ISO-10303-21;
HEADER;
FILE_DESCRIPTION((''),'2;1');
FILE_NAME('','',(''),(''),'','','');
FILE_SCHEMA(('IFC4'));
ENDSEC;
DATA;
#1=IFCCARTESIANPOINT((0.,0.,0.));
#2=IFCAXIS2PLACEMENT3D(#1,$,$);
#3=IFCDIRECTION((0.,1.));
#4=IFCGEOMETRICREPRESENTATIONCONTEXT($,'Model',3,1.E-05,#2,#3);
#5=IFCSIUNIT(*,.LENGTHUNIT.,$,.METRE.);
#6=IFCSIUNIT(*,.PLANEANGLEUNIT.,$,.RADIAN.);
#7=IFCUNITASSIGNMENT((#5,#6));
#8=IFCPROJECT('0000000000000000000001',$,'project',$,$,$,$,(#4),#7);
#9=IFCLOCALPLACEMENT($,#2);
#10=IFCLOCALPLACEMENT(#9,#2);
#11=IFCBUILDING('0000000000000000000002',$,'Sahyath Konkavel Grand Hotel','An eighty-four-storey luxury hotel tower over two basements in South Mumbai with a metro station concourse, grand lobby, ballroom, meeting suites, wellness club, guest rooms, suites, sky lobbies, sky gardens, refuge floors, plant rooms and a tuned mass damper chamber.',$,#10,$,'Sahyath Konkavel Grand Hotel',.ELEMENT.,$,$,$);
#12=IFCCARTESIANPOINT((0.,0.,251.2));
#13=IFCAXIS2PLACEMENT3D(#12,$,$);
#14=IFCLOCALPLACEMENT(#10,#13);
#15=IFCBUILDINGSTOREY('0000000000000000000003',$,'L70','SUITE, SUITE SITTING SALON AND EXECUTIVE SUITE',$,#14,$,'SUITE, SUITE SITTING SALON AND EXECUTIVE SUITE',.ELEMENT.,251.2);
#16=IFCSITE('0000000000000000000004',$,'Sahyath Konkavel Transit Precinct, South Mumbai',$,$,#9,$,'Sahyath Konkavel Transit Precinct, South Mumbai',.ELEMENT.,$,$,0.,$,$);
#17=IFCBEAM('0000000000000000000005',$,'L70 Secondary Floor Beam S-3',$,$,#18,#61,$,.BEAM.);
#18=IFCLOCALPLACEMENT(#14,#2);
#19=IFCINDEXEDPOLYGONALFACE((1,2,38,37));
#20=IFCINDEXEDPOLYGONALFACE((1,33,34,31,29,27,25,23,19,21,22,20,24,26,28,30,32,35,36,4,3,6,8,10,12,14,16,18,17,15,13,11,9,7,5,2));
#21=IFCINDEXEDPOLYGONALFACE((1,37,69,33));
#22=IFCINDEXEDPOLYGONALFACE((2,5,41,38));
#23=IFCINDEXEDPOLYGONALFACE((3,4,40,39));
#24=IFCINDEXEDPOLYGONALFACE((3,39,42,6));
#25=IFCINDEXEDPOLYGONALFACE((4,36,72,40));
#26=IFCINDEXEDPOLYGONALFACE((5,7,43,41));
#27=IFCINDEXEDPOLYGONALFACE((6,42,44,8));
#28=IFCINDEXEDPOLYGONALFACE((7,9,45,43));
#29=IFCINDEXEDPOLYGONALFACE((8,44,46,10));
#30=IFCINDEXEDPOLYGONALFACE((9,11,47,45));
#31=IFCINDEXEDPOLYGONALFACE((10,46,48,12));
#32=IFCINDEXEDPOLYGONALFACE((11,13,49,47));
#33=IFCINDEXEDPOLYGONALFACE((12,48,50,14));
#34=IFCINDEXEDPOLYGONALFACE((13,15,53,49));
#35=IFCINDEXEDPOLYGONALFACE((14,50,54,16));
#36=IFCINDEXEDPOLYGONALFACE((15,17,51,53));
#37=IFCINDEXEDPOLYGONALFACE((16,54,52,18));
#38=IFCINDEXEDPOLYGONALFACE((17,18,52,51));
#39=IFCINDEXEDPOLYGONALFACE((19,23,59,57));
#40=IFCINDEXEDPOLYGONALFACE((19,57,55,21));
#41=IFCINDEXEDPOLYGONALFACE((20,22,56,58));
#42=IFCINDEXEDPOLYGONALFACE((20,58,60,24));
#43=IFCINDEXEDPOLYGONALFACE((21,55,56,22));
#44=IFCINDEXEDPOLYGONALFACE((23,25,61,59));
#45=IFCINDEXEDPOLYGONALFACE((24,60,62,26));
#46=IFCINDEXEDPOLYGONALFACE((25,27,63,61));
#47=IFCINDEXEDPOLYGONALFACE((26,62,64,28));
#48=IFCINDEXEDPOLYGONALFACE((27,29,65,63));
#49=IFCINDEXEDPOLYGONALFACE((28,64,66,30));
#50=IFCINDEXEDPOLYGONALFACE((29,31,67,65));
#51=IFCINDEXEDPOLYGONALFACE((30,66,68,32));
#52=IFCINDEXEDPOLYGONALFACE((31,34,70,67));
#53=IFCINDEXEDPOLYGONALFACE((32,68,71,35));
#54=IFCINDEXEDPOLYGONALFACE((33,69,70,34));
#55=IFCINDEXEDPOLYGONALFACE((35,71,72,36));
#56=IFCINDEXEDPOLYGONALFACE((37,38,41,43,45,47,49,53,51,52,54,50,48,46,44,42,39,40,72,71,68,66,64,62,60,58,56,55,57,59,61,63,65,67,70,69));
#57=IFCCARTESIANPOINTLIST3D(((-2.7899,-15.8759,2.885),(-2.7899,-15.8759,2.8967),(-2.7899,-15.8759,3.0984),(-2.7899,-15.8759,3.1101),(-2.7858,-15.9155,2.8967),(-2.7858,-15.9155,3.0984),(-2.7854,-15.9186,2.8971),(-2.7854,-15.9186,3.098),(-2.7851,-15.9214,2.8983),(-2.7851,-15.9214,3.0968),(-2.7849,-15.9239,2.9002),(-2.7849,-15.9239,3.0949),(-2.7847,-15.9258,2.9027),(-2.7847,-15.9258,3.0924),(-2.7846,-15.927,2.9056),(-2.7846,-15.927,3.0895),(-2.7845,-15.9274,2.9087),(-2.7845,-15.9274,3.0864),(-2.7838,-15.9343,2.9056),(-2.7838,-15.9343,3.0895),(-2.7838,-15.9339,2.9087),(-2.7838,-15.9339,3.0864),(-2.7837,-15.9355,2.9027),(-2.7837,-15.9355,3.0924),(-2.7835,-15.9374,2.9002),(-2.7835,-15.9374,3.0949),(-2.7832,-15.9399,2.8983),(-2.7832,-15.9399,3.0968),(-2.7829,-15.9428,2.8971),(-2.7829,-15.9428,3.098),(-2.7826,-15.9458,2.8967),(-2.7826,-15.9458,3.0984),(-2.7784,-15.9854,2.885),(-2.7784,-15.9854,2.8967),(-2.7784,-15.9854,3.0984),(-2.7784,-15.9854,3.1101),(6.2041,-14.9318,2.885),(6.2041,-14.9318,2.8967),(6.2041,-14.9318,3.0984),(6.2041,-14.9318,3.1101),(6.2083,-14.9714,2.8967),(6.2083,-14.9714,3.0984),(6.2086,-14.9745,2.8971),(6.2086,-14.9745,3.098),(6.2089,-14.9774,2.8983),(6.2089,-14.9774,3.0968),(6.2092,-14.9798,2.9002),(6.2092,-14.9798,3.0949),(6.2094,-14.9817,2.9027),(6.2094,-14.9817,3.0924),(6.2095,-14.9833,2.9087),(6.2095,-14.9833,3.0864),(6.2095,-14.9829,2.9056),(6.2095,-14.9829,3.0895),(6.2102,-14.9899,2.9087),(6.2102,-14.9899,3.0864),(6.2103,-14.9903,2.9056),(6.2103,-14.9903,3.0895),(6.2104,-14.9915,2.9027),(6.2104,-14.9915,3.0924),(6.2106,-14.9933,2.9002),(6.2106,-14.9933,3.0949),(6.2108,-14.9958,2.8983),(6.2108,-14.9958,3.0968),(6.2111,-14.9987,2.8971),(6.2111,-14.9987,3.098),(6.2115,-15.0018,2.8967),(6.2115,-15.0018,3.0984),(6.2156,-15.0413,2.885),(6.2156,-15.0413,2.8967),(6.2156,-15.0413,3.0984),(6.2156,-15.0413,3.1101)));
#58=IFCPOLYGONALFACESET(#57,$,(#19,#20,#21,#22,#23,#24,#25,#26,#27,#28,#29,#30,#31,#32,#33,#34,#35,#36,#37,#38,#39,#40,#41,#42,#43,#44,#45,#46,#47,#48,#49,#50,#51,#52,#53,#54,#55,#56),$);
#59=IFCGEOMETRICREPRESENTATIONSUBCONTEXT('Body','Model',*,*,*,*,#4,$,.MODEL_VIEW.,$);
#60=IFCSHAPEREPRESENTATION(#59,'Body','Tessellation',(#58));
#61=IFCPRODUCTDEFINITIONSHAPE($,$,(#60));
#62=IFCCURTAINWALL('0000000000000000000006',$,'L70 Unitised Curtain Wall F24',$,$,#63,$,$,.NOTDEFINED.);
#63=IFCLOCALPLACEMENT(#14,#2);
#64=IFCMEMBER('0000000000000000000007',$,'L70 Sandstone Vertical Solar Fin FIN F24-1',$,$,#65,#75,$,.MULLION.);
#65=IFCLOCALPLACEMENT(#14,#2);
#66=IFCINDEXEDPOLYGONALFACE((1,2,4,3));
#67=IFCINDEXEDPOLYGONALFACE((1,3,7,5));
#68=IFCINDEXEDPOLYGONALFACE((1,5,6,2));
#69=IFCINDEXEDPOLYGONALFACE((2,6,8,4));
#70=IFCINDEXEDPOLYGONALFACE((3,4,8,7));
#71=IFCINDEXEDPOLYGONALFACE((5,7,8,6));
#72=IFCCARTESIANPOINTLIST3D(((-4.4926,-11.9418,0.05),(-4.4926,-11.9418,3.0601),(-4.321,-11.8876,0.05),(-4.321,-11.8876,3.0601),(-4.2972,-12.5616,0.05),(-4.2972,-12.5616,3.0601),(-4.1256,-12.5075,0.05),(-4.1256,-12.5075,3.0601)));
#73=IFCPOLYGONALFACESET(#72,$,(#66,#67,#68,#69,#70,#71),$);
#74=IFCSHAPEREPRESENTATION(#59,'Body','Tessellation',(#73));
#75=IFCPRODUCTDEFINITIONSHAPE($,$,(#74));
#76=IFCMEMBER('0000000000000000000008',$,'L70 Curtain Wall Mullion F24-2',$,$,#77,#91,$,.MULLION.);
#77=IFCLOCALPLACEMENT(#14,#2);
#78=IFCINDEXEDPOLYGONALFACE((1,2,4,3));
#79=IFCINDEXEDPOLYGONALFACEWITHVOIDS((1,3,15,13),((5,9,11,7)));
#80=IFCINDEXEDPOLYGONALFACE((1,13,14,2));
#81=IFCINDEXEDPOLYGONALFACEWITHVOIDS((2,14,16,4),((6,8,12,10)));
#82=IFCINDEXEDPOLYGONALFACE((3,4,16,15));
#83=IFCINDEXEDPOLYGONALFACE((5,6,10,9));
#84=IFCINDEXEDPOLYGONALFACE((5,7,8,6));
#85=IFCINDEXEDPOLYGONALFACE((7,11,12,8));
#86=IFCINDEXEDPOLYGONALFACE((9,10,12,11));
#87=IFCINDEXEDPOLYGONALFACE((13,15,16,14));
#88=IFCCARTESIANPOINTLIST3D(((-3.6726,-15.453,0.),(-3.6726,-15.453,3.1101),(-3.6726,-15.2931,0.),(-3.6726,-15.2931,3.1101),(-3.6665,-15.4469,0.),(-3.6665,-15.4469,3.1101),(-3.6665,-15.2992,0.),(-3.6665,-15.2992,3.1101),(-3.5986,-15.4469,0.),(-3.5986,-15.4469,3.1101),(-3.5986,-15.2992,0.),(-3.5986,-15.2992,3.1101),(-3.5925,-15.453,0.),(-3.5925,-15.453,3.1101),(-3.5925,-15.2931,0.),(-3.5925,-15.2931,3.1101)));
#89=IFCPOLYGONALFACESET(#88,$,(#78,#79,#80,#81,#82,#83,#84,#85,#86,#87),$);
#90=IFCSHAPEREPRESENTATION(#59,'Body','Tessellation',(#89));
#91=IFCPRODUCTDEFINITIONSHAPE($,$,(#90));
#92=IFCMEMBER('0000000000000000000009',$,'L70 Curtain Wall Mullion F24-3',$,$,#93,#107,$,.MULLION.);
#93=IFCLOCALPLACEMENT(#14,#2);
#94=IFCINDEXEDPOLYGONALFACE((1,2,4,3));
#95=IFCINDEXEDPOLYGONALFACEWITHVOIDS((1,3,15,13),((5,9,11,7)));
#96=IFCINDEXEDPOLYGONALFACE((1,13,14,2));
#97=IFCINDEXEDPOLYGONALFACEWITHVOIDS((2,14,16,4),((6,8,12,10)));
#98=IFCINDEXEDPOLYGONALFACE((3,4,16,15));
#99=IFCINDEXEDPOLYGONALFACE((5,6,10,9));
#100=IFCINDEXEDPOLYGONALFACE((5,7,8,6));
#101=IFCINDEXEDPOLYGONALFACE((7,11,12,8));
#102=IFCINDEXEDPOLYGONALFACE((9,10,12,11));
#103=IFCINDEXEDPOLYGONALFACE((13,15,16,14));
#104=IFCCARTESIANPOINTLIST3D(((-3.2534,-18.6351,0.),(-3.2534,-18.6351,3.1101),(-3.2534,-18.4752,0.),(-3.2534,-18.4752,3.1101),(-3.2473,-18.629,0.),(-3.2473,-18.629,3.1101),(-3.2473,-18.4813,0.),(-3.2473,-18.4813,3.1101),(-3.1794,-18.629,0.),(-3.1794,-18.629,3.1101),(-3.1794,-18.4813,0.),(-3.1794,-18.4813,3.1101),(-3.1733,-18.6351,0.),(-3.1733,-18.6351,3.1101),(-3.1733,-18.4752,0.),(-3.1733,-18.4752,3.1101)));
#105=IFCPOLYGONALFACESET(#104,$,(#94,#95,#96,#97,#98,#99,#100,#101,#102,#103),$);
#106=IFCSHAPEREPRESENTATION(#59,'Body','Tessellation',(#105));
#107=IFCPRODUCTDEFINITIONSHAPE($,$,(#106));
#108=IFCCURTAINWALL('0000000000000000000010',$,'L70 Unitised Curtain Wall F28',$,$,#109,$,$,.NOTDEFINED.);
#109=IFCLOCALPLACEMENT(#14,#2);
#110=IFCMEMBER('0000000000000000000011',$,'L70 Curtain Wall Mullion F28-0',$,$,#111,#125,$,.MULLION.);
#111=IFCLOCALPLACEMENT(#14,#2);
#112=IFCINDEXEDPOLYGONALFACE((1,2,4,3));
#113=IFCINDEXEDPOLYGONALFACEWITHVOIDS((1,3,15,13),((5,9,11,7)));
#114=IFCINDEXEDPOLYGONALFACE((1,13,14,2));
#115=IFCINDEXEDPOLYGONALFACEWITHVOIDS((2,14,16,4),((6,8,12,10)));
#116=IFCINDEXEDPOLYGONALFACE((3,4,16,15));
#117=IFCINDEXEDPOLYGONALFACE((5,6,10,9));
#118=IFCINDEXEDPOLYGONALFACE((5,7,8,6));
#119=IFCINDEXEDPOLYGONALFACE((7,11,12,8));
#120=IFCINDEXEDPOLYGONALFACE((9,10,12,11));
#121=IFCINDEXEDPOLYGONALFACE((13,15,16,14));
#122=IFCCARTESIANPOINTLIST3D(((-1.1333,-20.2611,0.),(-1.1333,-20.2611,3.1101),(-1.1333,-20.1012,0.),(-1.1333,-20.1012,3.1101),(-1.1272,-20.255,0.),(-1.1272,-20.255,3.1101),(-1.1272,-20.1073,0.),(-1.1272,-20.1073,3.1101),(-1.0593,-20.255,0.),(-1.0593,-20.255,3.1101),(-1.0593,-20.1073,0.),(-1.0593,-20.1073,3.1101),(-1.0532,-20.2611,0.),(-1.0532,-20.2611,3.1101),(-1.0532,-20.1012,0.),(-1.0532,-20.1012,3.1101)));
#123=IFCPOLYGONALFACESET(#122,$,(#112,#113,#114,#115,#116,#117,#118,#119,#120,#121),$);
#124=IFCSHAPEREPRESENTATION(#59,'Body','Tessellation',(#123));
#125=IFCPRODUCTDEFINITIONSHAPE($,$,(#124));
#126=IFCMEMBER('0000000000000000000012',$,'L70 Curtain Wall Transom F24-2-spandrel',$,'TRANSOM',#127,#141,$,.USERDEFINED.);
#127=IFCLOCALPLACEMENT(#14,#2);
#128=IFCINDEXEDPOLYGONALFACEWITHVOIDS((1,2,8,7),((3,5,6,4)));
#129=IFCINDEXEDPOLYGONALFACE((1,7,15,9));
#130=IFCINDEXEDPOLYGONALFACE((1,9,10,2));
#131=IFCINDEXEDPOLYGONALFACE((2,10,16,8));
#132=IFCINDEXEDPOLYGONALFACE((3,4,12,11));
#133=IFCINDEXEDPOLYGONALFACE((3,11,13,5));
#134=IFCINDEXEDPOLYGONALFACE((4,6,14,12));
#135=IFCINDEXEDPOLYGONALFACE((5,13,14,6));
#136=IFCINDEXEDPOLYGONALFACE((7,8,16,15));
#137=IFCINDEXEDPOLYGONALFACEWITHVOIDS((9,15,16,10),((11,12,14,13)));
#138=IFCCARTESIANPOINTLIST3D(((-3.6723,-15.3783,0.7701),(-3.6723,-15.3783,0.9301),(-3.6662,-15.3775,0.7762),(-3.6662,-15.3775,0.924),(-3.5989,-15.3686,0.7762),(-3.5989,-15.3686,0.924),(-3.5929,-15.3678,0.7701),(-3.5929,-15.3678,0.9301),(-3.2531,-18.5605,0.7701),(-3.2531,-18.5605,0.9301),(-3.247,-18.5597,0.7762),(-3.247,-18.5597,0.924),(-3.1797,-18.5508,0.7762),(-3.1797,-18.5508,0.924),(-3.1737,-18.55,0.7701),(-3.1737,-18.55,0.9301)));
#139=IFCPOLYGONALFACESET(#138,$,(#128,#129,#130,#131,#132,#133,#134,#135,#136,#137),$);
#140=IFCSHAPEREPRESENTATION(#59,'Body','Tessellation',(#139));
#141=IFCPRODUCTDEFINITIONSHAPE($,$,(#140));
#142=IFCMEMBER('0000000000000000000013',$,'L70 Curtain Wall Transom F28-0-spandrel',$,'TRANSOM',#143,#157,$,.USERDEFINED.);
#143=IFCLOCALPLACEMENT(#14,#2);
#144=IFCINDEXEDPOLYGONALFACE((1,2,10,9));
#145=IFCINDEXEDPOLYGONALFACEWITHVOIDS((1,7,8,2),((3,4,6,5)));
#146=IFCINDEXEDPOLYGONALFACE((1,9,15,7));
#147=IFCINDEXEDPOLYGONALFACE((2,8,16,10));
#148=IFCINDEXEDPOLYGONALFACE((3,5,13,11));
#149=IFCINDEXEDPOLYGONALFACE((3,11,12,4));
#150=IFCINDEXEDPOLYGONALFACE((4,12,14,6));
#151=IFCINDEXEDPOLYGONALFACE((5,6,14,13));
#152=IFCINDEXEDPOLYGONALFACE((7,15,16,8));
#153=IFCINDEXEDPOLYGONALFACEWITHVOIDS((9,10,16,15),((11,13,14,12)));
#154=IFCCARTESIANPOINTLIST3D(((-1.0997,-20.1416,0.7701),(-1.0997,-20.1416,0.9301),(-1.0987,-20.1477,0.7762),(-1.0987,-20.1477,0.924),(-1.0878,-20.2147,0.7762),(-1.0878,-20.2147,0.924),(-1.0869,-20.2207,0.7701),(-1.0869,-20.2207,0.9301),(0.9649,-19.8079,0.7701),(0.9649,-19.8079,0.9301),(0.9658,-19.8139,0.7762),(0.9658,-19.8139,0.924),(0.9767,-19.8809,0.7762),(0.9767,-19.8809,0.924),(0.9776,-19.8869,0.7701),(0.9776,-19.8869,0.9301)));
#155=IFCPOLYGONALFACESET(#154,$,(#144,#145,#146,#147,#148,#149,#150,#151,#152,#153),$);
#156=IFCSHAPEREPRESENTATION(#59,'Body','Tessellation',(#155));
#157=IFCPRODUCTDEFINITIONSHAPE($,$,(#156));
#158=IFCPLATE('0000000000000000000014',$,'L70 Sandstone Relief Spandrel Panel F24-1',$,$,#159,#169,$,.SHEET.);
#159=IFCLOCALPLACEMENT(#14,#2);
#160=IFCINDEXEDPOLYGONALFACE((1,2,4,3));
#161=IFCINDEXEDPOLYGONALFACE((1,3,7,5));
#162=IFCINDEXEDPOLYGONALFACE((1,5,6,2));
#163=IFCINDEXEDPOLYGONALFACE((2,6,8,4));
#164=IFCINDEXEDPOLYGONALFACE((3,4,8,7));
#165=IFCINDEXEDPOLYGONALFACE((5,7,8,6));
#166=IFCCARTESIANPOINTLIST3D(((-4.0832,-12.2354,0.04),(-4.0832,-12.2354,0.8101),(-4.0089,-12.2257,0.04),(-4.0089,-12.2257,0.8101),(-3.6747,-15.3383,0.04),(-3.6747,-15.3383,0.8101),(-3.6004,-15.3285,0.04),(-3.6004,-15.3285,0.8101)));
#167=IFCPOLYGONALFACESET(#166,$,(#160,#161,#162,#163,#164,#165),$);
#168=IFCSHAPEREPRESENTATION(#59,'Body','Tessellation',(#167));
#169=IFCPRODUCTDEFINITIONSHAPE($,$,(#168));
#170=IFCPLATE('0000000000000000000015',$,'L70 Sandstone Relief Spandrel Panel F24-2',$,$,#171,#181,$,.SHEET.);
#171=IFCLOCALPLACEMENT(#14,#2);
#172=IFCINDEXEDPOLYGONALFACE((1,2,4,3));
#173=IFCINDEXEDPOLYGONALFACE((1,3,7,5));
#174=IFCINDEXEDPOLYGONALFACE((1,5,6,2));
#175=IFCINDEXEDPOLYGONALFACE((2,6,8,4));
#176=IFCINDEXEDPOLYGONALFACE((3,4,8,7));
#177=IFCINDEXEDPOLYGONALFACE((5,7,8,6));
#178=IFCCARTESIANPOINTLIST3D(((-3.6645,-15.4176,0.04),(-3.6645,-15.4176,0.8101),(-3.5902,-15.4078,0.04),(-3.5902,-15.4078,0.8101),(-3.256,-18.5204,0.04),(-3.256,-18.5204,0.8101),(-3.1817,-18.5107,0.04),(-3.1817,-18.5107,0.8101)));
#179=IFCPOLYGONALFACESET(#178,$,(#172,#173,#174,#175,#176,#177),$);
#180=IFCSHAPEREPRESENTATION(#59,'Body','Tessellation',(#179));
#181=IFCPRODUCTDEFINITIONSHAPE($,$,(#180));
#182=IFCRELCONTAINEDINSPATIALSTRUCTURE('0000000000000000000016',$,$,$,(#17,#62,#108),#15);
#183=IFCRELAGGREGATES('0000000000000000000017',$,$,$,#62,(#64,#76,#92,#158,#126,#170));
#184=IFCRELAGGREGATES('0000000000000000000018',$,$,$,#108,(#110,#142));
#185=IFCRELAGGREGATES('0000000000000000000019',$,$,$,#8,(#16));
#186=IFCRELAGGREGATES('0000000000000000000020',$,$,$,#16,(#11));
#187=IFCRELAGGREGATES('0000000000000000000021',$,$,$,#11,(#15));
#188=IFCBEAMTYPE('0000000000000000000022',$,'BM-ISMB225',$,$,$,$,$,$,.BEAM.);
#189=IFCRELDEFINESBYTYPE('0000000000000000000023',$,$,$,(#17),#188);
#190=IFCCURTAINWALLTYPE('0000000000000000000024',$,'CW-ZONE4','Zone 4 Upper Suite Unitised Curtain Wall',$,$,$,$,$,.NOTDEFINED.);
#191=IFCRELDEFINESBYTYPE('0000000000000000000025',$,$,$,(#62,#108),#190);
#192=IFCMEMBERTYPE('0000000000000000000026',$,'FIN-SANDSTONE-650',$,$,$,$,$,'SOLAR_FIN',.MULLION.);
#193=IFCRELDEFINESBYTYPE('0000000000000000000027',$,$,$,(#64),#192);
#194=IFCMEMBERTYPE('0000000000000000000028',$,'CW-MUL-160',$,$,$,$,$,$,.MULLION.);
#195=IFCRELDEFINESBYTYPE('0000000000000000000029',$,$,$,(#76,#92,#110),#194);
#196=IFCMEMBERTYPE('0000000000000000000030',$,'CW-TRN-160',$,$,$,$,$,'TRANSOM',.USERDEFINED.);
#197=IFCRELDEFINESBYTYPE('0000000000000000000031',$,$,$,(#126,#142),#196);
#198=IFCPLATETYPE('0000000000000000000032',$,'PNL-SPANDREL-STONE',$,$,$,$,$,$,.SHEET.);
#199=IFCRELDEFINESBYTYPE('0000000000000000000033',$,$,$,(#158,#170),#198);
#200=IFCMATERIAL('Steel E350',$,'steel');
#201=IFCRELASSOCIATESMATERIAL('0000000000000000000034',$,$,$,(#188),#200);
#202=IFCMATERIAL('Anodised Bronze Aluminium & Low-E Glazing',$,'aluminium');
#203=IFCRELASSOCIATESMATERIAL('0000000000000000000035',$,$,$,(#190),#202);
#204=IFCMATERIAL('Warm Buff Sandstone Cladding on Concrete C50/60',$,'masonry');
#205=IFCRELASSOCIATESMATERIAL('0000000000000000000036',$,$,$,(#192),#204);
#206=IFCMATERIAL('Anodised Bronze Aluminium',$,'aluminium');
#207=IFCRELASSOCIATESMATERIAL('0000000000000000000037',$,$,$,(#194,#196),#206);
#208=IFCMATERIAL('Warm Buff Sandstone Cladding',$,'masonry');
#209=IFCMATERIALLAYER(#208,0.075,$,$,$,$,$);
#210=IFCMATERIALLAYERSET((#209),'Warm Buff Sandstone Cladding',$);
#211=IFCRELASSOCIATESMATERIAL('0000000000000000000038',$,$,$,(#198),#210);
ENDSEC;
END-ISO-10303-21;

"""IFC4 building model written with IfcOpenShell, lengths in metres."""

from ifc_helpers import new_model, si_unit, direction, frame, origin, origin_2d, place, context, subcontext, project, spatial, rectangle, hollow_rectangle, i_section, extrude, source, transform, mapped, material, layer, layer_set, material_profile, profile_set, type_object, element, aggregate, save


model = new_model("IFC4")

# Units and contexts
model_context = context("Model", 3, precision=1e-05, world=origin(), true_north=direction((0.0, 1.0)))
body_context = subcontext(model_context, "Body", "Model", "MODEL_VIEW")
ifc_project = project(units=[si_unit("LENGTHUNIT", "METRE"), si_unit("PLANEANGLEUNIT", "RADIAN")], contexts=[model_context])

# Site, building, storey
site_placement = place(None, origin())
site = spatial("IfcSite", under=ifc_project, at=site_placement, Name="Sahyath Konkavel Transit Precinct, South Mumbai", LongName="Sahyath Konkavel Transit Precinct, South Mumbai", CompositionType="ELEMENT", RefElevation=0.0)
building_placement = place(site_placement, origin())
building = spatial("IfcBuilding", under=site, at=building_placement, Name="Sahyath Konkavel Grand Hotel", Description="An eighty-four-storey luxury hotel tower over two basements in South Mumbai with a metro station concourse, grand lobby, ballroom, meeting suites, wellness club, guest rooms, suites, sky lobbies, sky gardens, refuge floors, plant rooms and a tuned mass damper chamber.", LongName="Sahyath Konkavel Grand Hotel", CompositionType="ELEMENT")
storey_placement = place(building_placement, frame((0.0, 0.0, 251.2)))
storey = spatial("IfcBuildingStorey", under=building, at=storey_placement, Name="L70", Description="SUITE, SUITE SITTING SALON AND EXECUTIVE SUITE", LongName="SUITE, SUITE SITTING SALON AND EXECUTIVE SUITE", CompositionType="ELEMENT", Elevation=251.2)

# Beam
ifc_material_1 = material(Name="Steel E350", Category="steel")
ifc_material_profile_1 = material_profile(ifc_material_1, i_section(OverallWidth=0.1101, OverallDepth=0.2251, WebThickness=0.0066, FlangeThickness=0.0117, FilletRadius=0.012, at=origin_2d()), Name="ISMB 225")
ifc_profile_set_1 = profile_set([ifc_material_profile_1], Name="Steel E350")
beam_type_1 = type_object("IfcBeamType", Name="BM-ISMB225", PredefinedType="BEAM", material=ifc_profile_set_1)
shared_shape_1 = source(origin(), body_context, "Body", "SweptSolid", [
    extrude(i_section(OverallWidth=0.1101, OverallDepth=0.2251, WebThickness=0.0066, FlangeThickness=0.0117, FilletRadius=0.012, at=origin_2d()), origin(), (0.0, 0.0, 1.0), 9.0435),
])
beam_1_placement = place(storey_placement, frame((-2.7842, -15.9307, 2.9976), z_axis=(0.994536, 0.104394, 0.0), x_axis=(-0.104394, 0.994536, 0.0)))
element("IfcBeam", 1, at=beam_1_placement, inside=storey, type_object=beam_type_1, Name="L70 Secondary Floor Beam S-3", PredefinedType="BEAM", context=body_context, shape_type="MappedRepresentation", body=[
    mapped(shared_shape_1, transform((0.0, 0.0, 0.0), scale=1.0)),
])

# Curtain wall, members
ifc_material_2 = material(Name="Anodised Bronze Aluminium & Low-E Glazing", Category="aluminium")
curtain_wall_type = type_object("IfcCurtainWallType", Name="CW-ZONE4", Description="Zone 4 Upper Suite Unitised Curtain Wall", PredefinedType="NOTDEFINED", material=ifc_material_2)
curtain_wall_1_placement = place(storey_placement, origin())
curtain_wall_1 = element("IfcCurtainWall", 2, at=curtain_wall_1_placement, inside=storey, type_object=curtain_wall_type, Name="L70 Unitised Curtain Wall F24", PredefinedType="NOTDEFINED")
ifc_material_3 = material(Name="Warm Buff Sandstone Cladding on Concrete C50/60", Category="masonry")
ifc_material_profile_2 = material_profile(ifc_material_3, rectangle(XDim=0.1799, YDim=0.6499, at=origin_2d()), Name="FIN 180x650")
ifc_profile_set_2 = profile_set([ifc_material_profile_2], Name="Warm Buff Sandstone Cladding on Concrete C50/60")
member_type_1 = type_object("IfcMemberType", Name="FIN-SANDSTONE-650", ElementType="SOLAR_FIN", PredefinedType="MULLION", material=ifc_profile_set_2)
shared_shape_2 = source(origin(), body_context, "Body", "SweptSolid", [
    extrude(rectangle(XDim=0.1799, YDim=0.6499, at=origin_2d()), origin(), (0.0, 0.0, 1.0), 3.01),
])
member_1_placement = place(storey_placement, frame((-4.3091, -12.2246, 0.05), z_axis=(0.0, 0.0, 1.0), x_axis=(0.953717, 0.300706, 0.0)))
member_1 = element("IfcMember", 3, at=member_1_placement, type_object=member_type_1, Name="L70 Sandstone Vertical Solar Fin FIN F24-1", PredefinedType="MULLION", context=body_context, shape_type="MappedRepresentation", body=[
    mapped(shared_shape_2, transform((0.0, 0.0, 0.0), scale=1.0)),
])
ifc_material_4 = material(Name="Anodised Bronze Aluminium", Category="aluminium")
ifc_material_profile_3 = material_profile(ifc_material_4, hollow_rectangle(XDim=0.0801, YDim=0.1599, WallThickness=0.0061, at=origin_2d()), Name="RHS 160x80x6")
ifc_profile_set_3 = profile_set([ifc_material_profile_3], Name="Anodised Bronze Aluminium")
member_type_2 = type_object("IfcMemberType", Name="CW-MUL-160", PredefinedType="MULLION", material=ifc_profile_set_3)
shared_shape_3 = source(origin(), body_context, "Body", "SweptSolid", [
    extrude(hollow_rectangle(XDim=0.0801, YDim=0.1599, WallThickness=0.0061, at=origin_2d()), origin(), (0.0, 0.0, 1.0), 3.1101),
])
member_2_placement = place(storey_placement, frame((-3.6326, -15.373, 0.0), z_axis=(0.0, 0.0, 1.0), x_axis=(1.0, 0.0, 0.0)))
member_2 = element("IfcMember", 4, at=member_2_placement, type_object=member_type_2, Name="L70 Curtain Wall Mullion F24-2", PredefinedType="MULLION", context=body_context, shape_type="MappedRepresentation", body=[
    mapped(shared_shape_3, transform((0.0, 0.0, 0.0), scale=1.0)),
])
member_3_placement = place(storey_placement, frame((-3.2134, -18.5552, 0.0), z_axis=(0.0, 0.0, 1.0), x_axis=(1.0, 0.0, 0.0)))
member_3 = element("IfcMember", 5, at=member_3_placement, type_object=member_type_2, Name="L70 Curtain Wall Mullion F24-3", PredefinedType="MULLION", context=body_context, shape_type="MappedRepresentation", body=[
    mapped(shared_shape_3, transform((0.0, 0.0, 0.0), scale=1.0)),
])

# Curtain wall, member
curtain_wall_2_placement = place(storey_placement, origin())
curtain_wall_2 = element("IfcCurtainWall", 6, at=curtain_wall_2_placement, inside=storey, type_object=curtain_wall_type, Name="L70 Unitised Curtain Wall F28", PredefinedType="NOTDEFINED")
member_4_placement = place(storey_placement, frame((-1.0933, -20.1812, 0.0), z_axis=(0.0, 0.0, 1.0), x_axis=(1.0, 0.0, 0.0)))
member_4 = element("IfcMember", 7, at=member_4_placement, type_object=member_type_2, Name="L70 Curtain Wall Mullion F28-0", PredefinedType="MULLION", context=body_context, shape_type="MappedRepresentation", body=[
    mapped(shared_shape_3, transform((0.0, 0.0, 0.0), scale=1.0)),
])

# Members
ifc_material_profile_4 = material_profile(ifc_material_4, hollow_rectangle(XDim=0.0801, YDim=0.1599, WallThickness=0.0061, at=origin_2d()), Name="RHS 160x80x6")
ifc_profile_set_4 = profile_set([ifc_material_profile_4], Name="Anodised Bronze Aluminium")
member_type_3 = type_object("IfcMemberType", Name="CW-TRN-160", ElementType="TRANSOM", PredefinedType="USERDEFINED", material=ifc_profile_set_4)
shared_shape_4 = source(origin(), body_context, "Body", "SweptSolid", [
    extrude(hollow_rectangle(XDim=0.0801, YDim=0.1599, WallThickness=0.0061, at=origin_2d()), origin(), (0.0, 0.0, 1.0), 3.2097),
])
member_5_placement = place(storey_placement, frame((-3.6326, -15.373, 0.8501), z_axis=(0.130604, -0.991435, 0.0), x_axis=(0.991435, 0.130604, 0.0)))
member_5 = element("IfcMember", 8, at=member_5_placement, type_object=member_type_3, Name="L70 Curtain Wall Transom F24-2-spandrel", ObjectType="TRANSOM", PredefinedType="USERDEFINED", context=body_context, shape_type="MappedRepresentation", body=[
    mapped(shared_shape_4, transform((0.0, 0.0, 0.0), scale=1.0)),
])
shared_shape_5 = source(origin(), body_context, "Body", "SweptSolid", [
    extrude(hollow_rectangle(XDim=0.0801, YDim=0.1599, WallThickness=0.0061, at=origin_2d()), origin(), (0.0, 0.0, 1.0), 2.0913),
])
member_6_placement = place(storey_placement, frame((-1.0933, -20.1812, 0.8501), z_axis=(0.987184, 0.159588, 0.0), x_axis=(-0.159588, 0.987184, 0.0)))
member_6 = element("IfcMember", 9, at=member_6_placement, type_object=member_type_3, Name="L70 Curtain Wall Transom F28-0-spandrel", ObjectType="TRANSOM", PredefinedType="USERDEFINED", context=body_context, shape_type="MappedRepresentation", body=[
    mapped(shared_shape_5, transform((0.0, 0.0, 0.0), scale=1.0)),
])

# Plates
ifc_material_5 = material(Name="Warm Buff Sandstone Cladding", Category="masonry")
ifc_layer_1 = layer(ifc_material_5, 0.075)
ifc_layer_set_1 = layer_set([ifc_layer_1], Name="Warm Buff Sandstone Cladding")
plate_type_1 = type_object("IfcPlateType", Name="PNL-SPANDREL-STONE", PredefinedType="SHEET", material=ifc_layer_set_1)
shared_shape_6 = source(origin(), body_context, "Body", "SweptSolid", [
    extrude(rectangle(XDim=3.1296, YDim=0.075, at=origin_2d()), origin(), (0.0, 0.0, 1.0), 0.77),
])
plate_1_placement = place(storey_placement, frame((-3.8418, -13.782, 0.04), z_axis=(0.0, 0.0, 1.0), x_axis=(0.130526, -0.991445, 0.0)))
plate_1 = element("IfcPlate", 10, at=plate_1_placement, type_object=plate_type_1, Name="L70 Sandstone Relief Spandrel Panel F24-1", PredefinedType="SHEET", context=body_context, shape_type="MappedRepresentation", body=[
    mapped(shared_shape_6, transform((0.0, 0.0, 0.0), scale=1.0)),
])
plate_2_placement = place(storey_placement, frame((-3.4231, -16.9641, 0.04), z_axis=(0.0, 0.0, 1.0), x_axis=(0.130526, -0.991445, 0.0)))
plate_2 = element("IfcPlate", 11, at=plate_2_placement, type_object=plate_type_1, Name="L70 Sandstone Relief Spandrel Panel F24-2", PredefinedType="SHEET", context=body_context, shape_type="MappedRepresentation", body=[
    mapped(shared_shape_6, transform((0.0, 0.0, 0.0), scale=1.0)),
])
aggregate(curtain_wall_1, [member_1, member_2, member_3, plate_1, member_5, plate_2])
aggregate(curtain_wall_2, [member_4, member_6])

save(model, "model.ifc")
